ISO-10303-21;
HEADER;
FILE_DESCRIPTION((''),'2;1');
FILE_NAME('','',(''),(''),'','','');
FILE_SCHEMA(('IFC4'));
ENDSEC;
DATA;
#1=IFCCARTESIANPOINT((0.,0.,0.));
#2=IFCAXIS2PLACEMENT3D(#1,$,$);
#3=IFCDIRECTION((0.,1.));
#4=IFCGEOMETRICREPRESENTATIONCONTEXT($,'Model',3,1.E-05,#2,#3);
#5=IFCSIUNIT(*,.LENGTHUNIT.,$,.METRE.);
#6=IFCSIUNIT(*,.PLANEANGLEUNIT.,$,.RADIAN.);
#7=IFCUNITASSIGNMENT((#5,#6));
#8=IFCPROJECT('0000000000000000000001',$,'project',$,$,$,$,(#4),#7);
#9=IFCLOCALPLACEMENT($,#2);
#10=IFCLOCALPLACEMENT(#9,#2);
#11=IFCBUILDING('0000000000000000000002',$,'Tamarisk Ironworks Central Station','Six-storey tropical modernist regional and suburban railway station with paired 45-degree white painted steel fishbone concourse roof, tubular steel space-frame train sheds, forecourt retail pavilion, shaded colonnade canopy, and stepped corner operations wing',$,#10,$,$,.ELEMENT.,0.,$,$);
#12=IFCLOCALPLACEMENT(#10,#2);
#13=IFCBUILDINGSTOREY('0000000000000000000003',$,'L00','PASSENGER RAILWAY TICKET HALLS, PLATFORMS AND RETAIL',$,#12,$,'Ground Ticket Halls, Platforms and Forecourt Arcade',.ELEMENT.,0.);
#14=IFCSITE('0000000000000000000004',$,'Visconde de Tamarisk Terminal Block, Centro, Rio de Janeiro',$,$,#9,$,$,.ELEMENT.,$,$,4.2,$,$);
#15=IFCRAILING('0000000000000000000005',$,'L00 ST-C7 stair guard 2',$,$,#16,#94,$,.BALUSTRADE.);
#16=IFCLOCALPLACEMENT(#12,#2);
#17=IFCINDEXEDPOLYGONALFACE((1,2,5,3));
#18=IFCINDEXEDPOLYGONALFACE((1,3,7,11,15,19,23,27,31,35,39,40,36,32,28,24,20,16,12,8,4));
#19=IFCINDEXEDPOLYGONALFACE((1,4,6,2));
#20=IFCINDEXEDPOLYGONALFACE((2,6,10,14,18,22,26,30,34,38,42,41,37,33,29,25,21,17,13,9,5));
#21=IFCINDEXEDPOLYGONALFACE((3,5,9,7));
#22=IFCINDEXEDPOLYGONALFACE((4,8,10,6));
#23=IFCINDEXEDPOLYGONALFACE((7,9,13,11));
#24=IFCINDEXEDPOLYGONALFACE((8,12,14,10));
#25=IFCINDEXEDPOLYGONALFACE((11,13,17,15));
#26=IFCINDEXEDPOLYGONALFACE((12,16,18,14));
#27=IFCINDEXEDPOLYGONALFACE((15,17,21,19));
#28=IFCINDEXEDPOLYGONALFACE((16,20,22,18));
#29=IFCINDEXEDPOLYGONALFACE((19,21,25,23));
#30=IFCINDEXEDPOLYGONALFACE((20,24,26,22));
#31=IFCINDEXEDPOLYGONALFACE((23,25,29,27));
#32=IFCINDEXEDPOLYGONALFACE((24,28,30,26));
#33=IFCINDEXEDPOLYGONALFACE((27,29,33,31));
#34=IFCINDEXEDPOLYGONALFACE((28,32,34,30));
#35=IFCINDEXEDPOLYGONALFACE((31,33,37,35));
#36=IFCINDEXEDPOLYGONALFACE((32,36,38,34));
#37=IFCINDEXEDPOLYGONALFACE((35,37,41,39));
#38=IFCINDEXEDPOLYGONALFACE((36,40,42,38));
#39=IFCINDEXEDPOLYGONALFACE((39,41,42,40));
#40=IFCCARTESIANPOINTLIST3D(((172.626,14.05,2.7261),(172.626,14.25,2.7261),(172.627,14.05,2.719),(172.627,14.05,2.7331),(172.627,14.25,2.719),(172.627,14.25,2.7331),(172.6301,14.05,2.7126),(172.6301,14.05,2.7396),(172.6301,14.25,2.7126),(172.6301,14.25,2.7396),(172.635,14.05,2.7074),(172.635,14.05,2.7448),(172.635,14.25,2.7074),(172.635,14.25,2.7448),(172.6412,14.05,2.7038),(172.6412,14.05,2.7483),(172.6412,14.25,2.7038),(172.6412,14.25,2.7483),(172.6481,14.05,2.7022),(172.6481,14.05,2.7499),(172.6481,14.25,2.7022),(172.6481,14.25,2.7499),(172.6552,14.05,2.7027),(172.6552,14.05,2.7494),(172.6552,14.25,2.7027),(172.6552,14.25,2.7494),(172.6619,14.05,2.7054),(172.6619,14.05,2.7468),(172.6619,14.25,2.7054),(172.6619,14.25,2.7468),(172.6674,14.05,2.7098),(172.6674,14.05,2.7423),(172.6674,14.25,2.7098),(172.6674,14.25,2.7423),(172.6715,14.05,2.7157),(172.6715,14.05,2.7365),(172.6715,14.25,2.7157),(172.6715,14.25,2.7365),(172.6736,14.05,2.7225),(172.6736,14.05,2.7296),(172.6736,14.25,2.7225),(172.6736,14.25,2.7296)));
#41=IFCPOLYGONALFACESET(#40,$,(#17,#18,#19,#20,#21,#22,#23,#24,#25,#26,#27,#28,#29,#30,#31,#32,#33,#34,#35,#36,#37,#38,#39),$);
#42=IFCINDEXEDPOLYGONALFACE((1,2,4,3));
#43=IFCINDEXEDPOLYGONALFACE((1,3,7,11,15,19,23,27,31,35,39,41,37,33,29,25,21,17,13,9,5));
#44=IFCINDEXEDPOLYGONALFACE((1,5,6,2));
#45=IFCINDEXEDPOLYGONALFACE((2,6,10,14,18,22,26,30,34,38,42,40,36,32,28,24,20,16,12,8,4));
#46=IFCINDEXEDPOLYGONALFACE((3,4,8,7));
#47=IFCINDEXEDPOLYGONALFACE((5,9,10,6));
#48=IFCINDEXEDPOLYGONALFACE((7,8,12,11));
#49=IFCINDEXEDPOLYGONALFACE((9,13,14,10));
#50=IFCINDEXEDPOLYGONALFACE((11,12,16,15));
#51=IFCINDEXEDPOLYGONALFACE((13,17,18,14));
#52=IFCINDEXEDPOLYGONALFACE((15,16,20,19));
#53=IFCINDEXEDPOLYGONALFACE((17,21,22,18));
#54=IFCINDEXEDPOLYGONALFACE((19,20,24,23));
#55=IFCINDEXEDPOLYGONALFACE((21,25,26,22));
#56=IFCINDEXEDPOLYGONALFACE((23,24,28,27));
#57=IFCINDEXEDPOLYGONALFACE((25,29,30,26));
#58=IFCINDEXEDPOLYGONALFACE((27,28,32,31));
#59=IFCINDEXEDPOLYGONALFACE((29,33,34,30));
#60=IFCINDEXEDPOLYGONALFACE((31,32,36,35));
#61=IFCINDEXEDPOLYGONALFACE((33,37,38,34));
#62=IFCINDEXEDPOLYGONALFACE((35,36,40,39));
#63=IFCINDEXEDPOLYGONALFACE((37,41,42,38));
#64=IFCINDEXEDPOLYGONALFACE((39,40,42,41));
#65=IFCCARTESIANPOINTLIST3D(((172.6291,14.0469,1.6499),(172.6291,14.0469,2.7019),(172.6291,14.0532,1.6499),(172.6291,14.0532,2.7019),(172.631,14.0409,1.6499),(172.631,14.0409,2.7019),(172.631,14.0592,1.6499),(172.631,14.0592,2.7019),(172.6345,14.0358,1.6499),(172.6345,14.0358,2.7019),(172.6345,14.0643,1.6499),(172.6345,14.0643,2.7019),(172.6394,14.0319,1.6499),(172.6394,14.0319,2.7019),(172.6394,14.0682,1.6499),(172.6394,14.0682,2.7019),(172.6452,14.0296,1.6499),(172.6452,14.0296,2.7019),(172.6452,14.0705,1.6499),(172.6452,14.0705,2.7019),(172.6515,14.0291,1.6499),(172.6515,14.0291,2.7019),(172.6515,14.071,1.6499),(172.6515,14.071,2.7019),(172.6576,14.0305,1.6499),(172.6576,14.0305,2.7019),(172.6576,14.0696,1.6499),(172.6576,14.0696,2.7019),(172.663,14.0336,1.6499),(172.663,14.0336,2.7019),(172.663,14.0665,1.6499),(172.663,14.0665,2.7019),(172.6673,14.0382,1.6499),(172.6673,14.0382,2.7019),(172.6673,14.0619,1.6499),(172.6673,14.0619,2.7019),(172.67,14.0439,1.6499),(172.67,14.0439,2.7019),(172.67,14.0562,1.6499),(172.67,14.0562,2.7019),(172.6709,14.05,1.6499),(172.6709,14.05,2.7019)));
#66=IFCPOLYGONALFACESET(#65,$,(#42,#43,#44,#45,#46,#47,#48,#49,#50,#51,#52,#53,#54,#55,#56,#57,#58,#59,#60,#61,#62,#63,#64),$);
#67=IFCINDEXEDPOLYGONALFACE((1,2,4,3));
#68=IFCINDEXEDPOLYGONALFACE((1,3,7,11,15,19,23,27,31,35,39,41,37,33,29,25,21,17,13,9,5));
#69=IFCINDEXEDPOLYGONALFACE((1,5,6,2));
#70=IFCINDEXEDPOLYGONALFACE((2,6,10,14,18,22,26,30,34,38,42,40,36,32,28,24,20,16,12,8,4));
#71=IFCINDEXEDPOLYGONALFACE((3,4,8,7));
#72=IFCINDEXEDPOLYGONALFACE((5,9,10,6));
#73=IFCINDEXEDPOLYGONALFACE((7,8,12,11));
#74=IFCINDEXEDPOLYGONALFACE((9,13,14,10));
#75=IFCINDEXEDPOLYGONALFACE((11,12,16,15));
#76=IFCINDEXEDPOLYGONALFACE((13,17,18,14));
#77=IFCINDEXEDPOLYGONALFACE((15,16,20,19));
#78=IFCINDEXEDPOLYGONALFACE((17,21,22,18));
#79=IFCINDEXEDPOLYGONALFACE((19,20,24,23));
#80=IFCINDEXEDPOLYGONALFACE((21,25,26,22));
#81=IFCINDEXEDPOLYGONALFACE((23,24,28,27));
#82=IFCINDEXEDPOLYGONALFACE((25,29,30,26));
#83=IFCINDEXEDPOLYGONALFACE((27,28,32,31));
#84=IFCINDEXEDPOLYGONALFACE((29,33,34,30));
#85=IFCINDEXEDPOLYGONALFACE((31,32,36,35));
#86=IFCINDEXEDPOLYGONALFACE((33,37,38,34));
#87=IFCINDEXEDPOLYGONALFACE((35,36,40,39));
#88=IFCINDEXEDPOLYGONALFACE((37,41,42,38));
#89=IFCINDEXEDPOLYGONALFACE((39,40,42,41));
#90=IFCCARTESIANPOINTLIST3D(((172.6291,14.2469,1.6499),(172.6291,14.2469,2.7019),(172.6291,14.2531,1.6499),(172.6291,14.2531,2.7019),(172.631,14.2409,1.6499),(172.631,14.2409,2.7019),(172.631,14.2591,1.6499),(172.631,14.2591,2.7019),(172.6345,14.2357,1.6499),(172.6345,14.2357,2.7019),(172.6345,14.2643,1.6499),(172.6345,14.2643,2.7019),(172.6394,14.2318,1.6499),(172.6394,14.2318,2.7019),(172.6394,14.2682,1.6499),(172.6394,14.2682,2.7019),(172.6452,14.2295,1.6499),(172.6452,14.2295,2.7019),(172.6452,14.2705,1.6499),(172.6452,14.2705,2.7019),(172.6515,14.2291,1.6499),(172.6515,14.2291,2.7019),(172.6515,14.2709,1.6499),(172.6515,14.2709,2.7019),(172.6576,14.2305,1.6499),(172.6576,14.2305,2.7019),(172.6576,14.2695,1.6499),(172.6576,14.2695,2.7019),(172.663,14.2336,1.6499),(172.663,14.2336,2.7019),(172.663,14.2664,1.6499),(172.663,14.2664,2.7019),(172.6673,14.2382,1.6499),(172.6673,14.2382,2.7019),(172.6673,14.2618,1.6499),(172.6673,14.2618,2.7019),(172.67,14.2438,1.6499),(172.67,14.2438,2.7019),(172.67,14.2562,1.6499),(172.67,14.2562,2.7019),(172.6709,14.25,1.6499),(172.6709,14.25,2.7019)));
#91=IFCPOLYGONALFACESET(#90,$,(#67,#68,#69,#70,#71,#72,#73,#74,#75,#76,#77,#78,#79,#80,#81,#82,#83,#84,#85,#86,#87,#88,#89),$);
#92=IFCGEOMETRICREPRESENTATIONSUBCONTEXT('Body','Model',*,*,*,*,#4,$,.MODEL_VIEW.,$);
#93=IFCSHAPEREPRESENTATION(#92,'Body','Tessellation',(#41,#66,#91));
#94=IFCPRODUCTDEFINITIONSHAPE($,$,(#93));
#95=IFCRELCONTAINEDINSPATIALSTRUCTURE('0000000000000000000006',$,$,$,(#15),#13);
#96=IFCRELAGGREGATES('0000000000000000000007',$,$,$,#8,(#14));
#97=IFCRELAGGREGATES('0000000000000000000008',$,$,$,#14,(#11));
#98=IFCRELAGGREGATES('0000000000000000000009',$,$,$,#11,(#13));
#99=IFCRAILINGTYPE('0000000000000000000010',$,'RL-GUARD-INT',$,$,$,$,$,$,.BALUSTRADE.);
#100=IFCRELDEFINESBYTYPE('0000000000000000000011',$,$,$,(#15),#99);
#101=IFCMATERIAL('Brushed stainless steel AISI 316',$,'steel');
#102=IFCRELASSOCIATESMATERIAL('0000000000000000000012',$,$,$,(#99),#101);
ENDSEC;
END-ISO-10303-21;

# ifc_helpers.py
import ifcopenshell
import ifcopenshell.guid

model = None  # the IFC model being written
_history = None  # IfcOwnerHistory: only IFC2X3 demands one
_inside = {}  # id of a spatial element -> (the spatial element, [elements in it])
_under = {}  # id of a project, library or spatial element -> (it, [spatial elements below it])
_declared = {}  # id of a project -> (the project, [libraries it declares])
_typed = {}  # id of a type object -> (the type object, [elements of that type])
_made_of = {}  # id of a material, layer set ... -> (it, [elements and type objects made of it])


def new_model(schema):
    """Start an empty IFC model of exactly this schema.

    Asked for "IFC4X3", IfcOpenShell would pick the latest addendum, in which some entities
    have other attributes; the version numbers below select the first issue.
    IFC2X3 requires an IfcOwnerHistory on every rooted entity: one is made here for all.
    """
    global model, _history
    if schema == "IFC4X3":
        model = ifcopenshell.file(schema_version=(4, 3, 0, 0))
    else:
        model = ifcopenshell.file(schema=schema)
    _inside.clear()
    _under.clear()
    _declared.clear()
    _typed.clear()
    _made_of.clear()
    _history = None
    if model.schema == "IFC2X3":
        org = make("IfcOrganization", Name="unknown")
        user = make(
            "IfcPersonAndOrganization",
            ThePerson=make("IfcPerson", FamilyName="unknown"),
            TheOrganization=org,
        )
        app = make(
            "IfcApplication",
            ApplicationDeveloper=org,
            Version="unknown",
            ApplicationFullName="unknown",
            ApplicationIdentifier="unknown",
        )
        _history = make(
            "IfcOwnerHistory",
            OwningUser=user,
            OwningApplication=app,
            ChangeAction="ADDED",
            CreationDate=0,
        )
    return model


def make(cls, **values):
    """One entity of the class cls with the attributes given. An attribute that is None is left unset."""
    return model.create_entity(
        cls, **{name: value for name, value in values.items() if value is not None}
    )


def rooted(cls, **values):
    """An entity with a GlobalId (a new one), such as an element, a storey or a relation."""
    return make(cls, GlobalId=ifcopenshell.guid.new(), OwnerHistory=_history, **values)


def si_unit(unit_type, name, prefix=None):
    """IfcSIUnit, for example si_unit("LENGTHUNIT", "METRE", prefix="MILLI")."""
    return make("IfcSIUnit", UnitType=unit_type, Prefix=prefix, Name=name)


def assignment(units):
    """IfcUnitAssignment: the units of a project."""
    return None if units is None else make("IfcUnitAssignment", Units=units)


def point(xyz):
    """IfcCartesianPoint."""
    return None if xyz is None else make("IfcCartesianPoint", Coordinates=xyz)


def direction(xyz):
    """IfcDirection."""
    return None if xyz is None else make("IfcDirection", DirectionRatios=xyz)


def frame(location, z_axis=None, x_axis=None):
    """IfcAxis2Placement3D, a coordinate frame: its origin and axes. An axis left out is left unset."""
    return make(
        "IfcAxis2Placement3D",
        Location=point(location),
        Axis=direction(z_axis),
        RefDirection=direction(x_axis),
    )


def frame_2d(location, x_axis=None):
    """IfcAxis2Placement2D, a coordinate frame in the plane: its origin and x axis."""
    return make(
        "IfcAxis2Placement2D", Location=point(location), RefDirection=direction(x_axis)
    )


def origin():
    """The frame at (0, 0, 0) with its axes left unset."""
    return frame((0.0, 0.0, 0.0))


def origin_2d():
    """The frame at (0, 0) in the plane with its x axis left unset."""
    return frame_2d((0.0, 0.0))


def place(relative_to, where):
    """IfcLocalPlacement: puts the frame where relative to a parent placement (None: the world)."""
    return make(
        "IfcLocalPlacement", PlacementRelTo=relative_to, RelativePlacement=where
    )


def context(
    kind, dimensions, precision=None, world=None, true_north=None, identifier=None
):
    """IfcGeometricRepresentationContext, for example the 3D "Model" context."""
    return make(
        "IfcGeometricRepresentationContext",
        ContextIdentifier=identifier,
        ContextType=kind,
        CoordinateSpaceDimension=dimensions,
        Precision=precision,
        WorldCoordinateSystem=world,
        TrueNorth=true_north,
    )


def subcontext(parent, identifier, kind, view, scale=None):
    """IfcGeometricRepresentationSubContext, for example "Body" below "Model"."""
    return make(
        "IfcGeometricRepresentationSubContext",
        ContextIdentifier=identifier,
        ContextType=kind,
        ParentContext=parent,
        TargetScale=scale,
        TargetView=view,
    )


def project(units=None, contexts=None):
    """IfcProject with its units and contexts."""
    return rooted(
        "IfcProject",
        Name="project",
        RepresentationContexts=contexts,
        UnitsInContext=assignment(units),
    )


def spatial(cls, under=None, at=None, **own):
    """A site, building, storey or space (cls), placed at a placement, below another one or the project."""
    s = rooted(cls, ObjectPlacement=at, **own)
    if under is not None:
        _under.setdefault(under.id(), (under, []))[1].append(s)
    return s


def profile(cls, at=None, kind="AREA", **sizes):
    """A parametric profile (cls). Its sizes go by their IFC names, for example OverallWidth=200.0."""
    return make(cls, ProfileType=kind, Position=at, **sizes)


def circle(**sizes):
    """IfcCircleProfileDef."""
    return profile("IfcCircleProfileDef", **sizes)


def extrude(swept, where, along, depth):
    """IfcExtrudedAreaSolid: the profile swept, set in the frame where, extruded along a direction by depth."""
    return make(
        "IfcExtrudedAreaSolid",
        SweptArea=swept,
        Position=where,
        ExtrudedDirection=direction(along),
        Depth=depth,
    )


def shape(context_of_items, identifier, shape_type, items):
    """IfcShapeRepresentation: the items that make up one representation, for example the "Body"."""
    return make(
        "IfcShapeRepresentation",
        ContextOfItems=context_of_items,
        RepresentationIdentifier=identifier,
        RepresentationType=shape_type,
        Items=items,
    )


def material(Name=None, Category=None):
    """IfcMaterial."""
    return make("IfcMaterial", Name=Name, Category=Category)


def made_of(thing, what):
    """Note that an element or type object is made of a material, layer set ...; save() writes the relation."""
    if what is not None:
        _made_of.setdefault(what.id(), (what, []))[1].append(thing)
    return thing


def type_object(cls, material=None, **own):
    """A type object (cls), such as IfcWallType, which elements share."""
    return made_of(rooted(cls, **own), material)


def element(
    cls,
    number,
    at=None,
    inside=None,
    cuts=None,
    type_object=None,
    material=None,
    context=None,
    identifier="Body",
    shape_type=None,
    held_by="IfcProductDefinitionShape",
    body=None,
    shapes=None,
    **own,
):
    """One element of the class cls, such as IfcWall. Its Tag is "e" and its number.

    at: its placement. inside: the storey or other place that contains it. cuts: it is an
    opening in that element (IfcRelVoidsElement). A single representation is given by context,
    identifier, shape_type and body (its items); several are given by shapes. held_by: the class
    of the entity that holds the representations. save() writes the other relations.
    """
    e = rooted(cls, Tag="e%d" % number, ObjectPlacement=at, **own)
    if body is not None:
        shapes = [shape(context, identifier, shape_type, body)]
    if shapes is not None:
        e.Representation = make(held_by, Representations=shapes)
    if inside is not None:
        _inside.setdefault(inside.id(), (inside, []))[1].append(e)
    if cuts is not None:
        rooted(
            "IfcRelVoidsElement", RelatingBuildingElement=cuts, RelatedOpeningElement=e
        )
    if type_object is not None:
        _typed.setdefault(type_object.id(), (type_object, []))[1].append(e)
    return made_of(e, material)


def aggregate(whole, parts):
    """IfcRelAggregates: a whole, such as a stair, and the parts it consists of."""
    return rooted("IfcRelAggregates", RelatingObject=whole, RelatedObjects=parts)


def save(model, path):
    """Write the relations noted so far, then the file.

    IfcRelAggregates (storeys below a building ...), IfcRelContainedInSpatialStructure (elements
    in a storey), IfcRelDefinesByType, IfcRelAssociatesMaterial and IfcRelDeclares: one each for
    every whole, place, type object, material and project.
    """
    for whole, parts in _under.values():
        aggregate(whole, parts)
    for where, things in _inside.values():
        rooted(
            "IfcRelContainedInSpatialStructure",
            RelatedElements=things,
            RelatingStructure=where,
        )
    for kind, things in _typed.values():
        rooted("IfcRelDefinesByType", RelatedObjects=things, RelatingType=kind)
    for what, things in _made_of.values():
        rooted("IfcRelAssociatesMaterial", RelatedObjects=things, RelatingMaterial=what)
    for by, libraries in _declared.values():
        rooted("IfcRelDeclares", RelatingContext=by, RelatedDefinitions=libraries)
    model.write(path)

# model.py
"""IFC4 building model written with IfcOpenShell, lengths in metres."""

from ifc_helpers import new_model, si_unit, direction, frame, origin, origin_2d, place, context, subcontext, project, spatial, circle, extrude, material, type_object, element, save


model = new_model("IFC4")

# Units and contexts
model_context = context("Model", 3, precision=1e-05, world=origin(), true_north=direction((0.0, 1.0)))
body_context = subcontext(model_context, "Body", "Model", "MODEL_VIEW")
ifc_project = project(units=[si_unit("LENGTHUNIT", "METRE"), si_unit("PLANEANGLEUNIT", "RADIAN")], contexts=[model_context])

# Site, building, storey
site_placement = place(None, origin())
site = spatial("IfcSite", under=ifc_project, at=site_placement, Name="Visconde de Tamarisk Terminal Block, Centro, Rio de Janeiro", CompositionType="ELEMENT", RefElevation=4.2)
building_placement = place(site_placement, origin())
building = spatial("IfcBuilding", under=site, at=building_placement, Name="Tamarisk Ironworks Central Station", Description="Six-storey tropical modernist regional and suburban railway station with paired 45-degree white painted steel fishbone concourse roof, tubular steel space-frame train sheds, forecourt retail pavilion, shaded colonnade canopy, and stepped corner operations wing", CompositionType="ELEMENT", ElevationOfRefHeight=0.0)
storey_placement = place(building_placement, origin())
storey = spatial("IfcBuildingStorey", under=building, at=storey_placement, Name="L00", Description="PASSENGER RAILWAY TICKET HALLS, PLATFORMS AND RETAIL", LongName="Ground Ticket Halls, Platforms and Forecourt Arcade", CompositionType="ELEMENT", Elevation=0.0)

# Railing
ifc_material_1 = material(Name="Brushed stainless steel AISI 316", Category="steel")
railing_type_1 = type_object("IfcRailingType", Name="RL-GUARD-INT", PredefinedType="BALUSTRADE", material=ifc_material_1)
railing_1_placement = place(storey_placement, frame((172.6499, 14.05, 1.6499)))
element("IfcRailing", 1, at=railing_1_placement, inside=storey, type_object=railing_type_1, Name="L00 ST-C7 stair guard 2", PredefinedType="BALUSTRADE", context=body_context, shape_type="SweptSolid", body=[
    extrude(circle(Radius=0.0239, at=origin_2d()), frame((0.0, 0.0, 1.0762), z_axis=(0.0, 1.0, 0.0), x_axis=(-1.0, 0.0, 0.0)), (0.0, 0.0, 1.0), 0.2),
    extrude(circle(Radius=0.021, at=origin_2d()), origin(), (0.0, 0.0, 1.0), 1.052),
    extrude(circle(Radius=0.021, at=origin_2d()), frame((0.0, 0.2, 0.0)), (0.0, 0.0, 1.0), 1.052),
])

save(model, "model.ifc")
